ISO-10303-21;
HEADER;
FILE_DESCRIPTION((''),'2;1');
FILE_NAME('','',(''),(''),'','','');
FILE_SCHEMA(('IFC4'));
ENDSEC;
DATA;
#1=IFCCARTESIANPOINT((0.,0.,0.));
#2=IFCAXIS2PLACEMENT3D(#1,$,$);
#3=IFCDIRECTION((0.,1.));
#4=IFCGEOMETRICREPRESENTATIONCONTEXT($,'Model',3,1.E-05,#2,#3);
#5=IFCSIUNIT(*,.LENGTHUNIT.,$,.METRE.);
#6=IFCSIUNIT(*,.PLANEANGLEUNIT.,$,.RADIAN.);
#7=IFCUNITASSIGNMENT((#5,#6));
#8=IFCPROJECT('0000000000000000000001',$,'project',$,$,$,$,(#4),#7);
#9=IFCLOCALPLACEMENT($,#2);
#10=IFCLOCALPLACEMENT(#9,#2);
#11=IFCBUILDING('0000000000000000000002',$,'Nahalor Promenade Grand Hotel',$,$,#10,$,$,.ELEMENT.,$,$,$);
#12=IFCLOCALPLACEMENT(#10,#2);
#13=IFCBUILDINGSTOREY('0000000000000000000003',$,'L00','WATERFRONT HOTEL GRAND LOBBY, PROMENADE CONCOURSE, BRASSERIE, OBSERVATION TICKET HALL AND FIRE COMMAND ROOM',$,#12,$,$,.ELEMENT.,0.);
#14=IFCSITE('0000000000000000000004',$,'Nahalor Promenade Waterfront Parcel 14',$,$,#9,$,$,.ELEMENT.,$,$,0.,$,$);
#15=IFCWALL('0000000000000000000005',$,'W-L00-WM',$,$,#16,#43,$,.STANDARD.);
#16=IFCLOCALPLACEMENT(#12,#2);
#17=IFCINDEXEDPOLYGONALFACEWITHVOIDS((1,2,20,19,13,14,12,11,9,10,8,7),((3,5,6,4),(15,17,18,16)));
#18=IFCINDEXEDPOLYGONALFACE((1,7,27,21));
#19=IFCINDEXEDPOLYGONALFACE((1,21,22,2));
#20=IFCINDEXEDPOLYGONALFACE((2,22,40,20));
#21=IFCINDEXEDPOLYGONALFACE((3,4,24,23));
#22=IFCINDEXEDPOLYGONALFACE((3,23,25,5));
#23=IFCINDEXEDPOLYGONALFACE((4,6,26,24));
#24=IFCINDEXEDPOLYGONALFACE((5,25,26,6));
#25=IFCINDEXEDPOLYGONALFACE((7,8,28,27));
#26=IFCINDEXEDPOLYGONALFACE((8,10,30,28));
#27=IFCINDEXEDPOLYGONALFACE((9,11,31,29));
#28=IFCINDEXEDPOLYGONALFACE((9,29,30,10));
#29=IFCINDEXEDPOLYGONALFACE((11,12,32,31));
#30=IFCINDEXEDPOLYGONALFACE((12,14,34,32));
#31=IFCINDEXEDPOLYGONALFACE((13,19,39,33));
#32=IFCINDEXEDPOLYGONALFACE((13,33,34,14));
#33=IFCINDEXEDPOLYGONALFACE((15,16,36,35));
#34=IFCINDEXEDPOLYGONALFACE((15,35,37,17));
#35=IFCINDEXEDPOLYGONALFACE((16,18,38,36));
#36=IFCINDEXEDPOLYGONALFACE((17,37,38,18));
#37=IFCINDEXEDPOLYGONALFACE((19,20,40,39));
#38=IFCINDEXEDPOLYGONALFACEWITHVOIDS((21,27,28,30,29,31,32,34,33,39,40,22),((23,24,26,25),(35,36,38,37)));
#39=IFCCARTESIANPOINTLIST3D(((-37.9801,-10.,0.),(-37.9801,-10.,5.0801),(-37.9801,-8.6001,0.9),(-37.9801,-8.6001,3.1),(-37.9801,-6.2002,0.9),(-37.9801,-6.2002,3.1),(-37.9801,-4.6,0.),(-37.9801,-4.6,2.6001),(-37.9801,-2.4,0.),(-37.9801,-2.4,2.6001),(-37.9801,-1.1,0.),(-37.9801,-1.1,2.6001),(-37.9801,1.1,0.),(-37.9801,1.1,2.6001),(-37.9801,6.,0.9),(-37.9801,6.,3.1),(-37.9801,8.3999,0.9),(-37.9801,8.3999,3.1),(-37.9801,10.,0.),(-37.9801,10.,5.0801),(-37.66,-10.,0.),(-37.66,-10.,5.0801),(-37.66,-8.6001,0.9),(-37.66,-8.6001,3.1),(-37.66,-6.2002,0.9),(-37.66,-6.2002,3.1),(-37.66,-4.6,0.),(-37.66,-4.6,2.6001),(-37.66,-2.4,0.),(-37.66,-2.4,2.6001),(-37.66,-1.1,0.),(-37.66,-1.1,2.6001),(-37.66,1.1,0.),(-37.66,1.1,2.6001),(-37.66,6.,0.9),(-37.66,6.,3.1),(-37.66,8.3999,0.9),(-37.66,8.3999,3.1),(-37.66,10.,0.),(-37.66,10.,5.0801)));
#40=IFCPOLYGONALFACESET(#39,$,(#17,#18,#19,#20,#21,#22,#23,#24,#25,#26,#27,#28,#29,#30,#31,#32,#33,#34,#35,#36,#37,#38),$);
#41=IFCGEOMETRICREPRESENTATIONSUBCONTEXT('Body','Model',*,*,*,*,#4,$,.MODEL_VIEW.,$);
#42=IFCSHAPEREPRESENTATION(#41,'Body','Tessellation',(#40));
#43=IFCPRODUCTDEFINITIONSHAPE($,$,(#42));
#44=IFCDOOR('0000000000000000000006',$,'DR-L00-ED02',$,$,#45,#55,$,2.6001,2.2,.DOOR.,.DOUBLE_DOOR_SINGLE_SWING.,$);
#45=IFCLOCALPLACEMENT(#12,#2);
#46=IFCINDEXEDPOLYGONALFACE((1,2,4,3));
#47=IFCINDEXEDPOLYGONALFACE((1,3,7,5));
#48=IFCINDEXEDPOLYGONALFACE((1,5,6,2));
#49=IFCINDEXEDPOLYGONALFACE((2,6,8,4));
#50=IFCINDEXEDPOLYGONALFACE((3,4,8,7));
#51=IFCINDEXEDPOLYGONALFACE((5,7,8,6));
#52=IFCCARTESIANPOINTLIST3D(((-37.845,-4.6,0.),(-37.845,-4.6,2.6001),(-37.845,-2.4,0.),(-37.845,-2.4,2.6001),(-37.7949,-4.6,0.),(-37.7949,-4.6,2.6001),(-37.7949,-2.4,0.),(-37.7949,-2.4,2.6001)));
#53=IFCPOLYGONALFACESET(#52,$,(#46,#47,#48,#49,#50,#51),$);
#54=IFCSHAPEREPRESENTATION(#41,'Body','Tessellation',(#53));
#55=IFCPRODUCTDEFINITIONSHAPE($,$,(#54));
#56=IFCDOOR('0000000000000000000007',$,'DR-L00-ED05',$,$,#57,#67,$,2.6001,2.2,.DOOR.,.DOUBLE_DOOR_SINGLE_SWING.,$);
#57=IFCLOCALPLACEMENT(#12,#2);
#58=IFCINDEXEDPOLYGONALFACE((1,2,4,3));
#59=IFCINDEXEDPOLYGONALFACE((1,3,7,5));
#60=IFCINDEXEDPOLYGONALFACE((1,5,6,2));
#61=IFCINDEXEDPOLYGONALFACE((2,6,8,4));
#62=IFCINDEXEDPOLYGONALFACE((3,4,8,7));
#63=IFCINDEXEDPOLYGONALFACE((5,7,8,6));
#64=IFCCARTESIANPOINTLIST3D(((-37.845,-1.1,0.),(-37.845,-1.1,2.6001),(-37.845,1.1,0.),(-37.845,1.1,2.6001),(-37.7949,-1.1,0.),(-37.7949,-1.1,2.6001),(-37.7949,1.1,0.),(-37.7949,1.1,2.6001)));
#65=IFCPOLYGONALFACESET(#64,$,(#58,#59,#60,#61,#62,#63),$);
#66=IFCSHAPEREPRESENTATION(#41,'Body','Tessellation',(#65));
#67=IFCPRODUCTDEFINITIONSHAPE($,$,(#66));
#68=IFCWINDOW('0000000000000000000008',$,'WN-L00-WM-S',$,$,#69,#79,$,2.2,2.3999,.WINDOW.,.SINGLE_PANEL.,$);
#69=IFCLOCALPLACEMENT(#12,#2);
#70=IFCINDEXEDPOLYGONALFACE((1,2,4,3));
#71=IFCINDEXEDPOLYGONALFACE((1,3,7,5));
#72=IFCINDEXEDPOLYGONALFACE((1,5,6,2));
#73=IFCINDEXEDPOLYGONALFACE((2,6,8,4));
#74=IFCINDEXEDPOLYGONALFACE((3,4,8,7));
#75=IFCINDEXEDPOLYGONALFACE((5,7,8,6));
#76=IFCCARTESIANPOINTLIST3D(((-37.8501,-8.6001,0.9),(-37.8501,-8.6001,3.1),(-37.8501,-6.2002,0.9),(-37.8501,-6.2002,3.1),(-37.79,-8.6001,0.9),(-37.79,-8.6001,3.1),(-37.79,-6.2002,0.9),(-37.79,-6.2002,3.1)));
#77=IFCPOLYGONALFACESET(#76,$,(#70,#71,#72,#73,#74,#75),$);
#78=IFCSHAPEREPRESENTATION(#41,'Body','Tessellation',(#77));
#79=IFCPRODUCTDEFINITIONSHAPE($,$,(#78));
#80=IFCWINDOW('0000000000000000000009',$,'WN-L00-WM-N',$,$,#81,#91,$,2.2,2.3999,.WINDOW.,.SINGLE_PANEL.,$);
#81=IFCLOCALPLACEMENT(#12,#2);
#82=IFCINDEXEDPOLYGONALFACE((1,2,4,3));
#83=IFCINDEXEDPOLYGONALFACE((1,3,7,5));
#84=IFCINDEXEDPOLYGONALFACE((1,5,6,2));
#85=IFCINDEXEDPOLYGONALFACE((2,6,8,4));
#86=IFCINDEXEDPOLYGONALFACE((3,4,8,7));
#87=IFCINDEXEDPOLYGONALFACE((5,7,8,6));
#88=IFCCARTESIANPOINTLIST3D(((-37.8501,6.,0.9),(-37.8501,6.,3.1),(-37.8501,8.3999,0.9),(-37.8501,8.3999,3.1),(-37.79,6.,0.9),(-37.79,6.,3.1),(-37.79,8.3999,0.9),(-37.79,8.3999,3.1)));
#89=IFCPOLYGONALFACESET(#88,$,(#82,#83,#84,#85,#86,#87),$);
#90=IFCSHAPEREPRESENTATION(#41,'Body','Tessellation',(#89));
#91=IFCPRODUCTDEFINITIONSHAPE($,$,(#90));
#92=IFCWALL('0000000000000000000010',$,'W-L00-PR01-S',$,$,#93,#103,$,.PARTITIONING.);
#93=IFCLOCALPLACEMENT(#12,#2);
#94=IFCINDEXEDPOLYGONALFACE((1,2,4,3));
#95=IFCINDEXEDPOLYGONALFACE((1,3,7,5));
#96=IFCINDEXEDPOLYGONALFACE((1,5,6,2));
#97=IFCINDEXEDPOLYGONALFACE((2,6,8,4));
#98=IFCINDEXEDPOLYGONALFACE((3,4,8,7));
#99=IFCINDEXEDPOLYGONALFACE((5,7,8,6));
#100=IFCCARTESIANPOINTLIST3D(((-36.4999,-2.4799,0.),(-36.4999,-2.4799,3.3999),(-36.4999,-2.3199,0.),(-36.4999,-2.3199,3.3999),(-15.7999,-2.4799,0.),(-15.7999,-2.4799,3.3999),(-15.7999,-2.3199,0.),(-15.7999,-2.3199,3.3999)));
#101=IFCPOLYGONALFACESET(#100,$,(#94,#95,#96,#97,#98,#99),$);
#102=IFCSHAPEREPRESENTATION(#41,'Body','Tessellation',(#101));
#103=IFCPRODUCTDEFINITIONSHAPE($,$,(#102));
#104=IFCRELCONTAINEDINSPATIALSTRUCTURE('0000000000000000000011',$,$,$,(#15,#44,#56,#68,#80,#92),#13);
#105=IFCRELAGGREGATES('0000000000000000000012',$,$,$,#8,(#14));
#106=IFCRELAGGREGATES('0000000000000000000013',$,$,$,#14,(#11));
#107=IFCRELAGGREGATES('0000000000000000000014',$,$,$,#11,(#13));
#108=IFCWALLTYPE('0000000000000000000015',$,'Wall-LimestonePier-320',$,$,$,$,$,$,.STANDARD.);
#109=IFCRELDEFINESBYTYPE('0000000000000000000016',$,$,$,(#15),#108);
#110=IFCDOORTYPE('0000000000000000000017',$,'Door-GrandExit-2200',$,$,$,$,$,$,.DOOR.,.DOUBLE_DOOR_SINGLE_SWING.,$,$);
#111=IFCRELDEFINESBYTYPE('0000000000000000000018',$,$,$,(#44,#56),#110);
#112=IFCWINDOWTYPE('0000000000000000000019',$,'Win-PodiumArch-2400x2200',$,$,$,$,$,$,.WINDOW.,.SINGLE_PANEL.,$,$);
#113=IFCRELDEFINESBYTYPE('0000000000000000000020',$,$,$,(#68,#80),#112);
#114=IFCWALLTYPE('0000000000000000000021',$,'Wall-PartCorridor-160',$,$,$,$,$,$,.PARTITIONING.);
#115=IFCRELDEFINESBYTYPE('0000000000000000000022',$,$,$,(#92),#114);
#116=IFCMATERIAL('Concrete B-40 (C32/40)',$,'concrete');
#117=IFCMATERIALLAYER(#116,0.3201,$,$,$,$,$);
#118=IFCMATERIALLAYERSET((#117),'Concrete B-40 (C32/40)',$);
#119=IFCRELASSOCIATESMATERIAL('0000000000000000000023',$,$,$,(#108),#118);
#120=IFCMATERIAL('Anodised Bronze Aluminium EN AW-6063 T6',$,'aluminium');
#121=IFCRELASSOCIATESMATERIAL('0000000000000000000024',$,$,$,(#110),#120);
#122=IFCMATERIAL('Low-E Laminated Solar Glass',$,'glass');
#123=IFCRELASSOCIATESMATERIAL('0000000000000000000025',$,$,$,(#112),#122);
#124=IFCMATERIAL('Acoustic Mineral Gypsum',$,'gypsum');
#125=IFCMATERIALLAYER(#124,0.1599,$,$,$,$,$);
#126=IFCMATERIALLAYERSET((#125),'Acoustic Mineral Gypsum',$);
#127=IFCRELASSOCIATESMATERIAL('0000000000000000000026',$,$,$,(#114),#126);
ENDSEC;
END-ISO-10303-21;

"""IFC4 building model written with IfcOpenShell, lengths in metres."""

from ifc_helpers import new_model, si_unit, direction, frame, frame_2d, origin, place, context, subcontext, project, spatial, rectangle, extrude, source, transform, mapped, material, layer, layer_set, type_object, element, fill, save


model = new_model("IFC4")

# Units and contexts
model_context = context("Model", 3, precision=1e-05, world=origin(), true_north=direction((0.0, 1.0)))
body_context = subcontext(model_context, "Body", "Model", "MODEL_VIEW")
ifc_project = project(units=[si_unit("LENGTHUNIT", "METRE"), si_unit("PLANEANGLEUNIT", "RADIAN")], contexts=[model_context])

# Site, building, storey
site_placement = place(None, origin())
site = spatial("IfcSite", under=ifc_project, at=site_placement, Name="Nahalor Promenade Waterfront Parcel 14", CompositionType="ELEMENT", RefElevation=0.0)
building_placement = place(site_placement, origin())
building = spatial("IfcBuilding", under=site, at=building_placement, Name="Nahalor Promenade Grand Hotel", CompositionType="ELEMENT")
storey_placement = place(building_placement, origin())
storey = spatial("IfcBuildingStorey", under=building, at=storey_placement, Name="L00", Description="WATERFRONT HOTEL GRAND LOBBY, PROMENADE CONCOURSE, BRASSERIE, OBSERVATION TICKET HALL AND FIRE COMMAND ROOM", CompositionType="ELEMENT", Elevation=0.0)

# Shared definitions
ifc_material_1 = material(Name="Anodised Bronze Aluminium EN AW-6063 T6", Category="aluminium")

# Shared definitions
ifc_material_2 = material(Name="Low-E Laminated Solar Glass", Category="glass")

# Shared definitions
ifc_material_3 = material(Name="Concrete B-40 (C32/40)", Category="concrete")
ifc_layer_1 = layer(ifc_material_3, 0.3201)
ifc_layer_set_1 = layer_set([ifc_layer_1], Name="Concrete B-40 (C32/40)")
wall_type_1 = type_object("IfcWallType", Name="Wall-LimestonePier-320", PredefinedType="STANDARD", material=ifc_layer_set_1)

# Wall, openings, doors, windows
shared_shape_1 = source(origin(), body_context, "Body", "SweptSolid", [
    extrude(rectangle(XDim=20.0, YDim=0.3201, at=frame_2d((10.0, 0.0))), origin(), (0.0, 0.0, 1.0), 5.0801),
])
wall_1_placement = place(storey_placement, frame((-37.8201, -10.0, 0.0), z_axis=(0.0, 0.0, 1.0), x_axis=(0.0, 1.0, 0.0)))
wall_1 = element("IfcWall", 1, at=wall_1_placement, inside=storey, type_object=wall_type_1, Name="W-L00-WM", PredefinedType="STANDARD", context=body_context, shape_type="MappedRepresentation", body=[
    mapped(shared_shape_1, transform((0.0, 0.0, 0.0), scale=1.0)),
])
opening_1_placement = place(wall_1_placement, frame((5.3999, 0.0, 0.0)))
opening_1 = element("IfcOpeningElement", 2, at=opening_1_placement, cuts=wall_1, PredefinedType="OPENING", context=body_context, shape_type="SweptSolid", body=[
    extrude(rectangle(XDim=2.2, YDim=2.6001, at=frame_2d((1.1001, 1.3))), frame((0.0, 0.1699, 0.0), z_axis=(0.0, -1.0, 0.0), x_axis=(1.0, 0.0, 0.0)), (0.0, 0.0, 1.0), 0.3401),
])
opening_2_placement = place(wall_1_placement, frame((8.8999, 0.0, 0.0)))
opening_2 = element("IfcOpeningElement", 3, at=opening_2_placement, cuts=wall_1, PredefinedType="OPENING", context=body_context, shape_type="SweptSolid", body=[
    extrude(rectangle(XDim=2.2, YDim=2.6001, at=frame_2d((1.1001, 1.3))), frame((0.0, 0.1699, 0.0), z_axis=(0.0, -1.0, 0.0), x_axis=(1.0, 0.0, 0.0)), (0.0, 0.0, 1.0), 0.3401),
])
opening_3_placement = place(wall_1_placement, frame((1.3999, 0.0, 0.8999)))
opening_3 = element("IfcOpeningElement", 4, at=opening_3_placement, cuts=wall_1, PredefinedType="OPENING", context=body_context, shape_type="SweptSolid", body=[
    extrude(rectangle(XDim=2.3999, YDim=2.2, at=frame_2d((1.2, 1.1001))), frame((0.0, 0.1699, 0.0), z_axis=(0.0, -1.0, 0.0), x_axis=(1.0, 0.0, 0.0)), (0.0, 0.0, 1.0), 0.3401),
])
opening_4_placement = place(wall_1_placement, frame((16.0, 0.0, 0.8999)))
opening_4 = element("IfcOpeningElement", 5, at=opening_4_placement, cuts=wall_1, PredefinedType="OPENING", context=body_context, shape_type="SweptSolid", body=[
    extrude(rectangle(XDim=2.3999, YDim=2.2, at=frame_2d((1.2, 1.1001))), frame((0.0, 0.1699, 0.0), z_axis=(0.0, -1.0, 0.0), x_axis=(1.0, 0.0, 0.0)), (0.0, 0.0, 1.0), 0.3401),
])
door_type_1 = type_object("IfcDoorType", Name="Door-GrandExit-2200", OperationType="DOUBLE_DOOR_SINGLE_SWING", PredefinedType="DOOR", material=ifc_material_1)
shared_shape_2 = source(origin(), body_context, "Body", "SweptSolid", [
    extrude(rectangle(XDim=2.2, YDim=2.6001, at=frame_2d((1.1001, 1.3))), frame((0.0, 0.0249, 0.0), z_axis=(0.0, -1.0, 0.0), x_axis=(1.0, 0.0, 0.0)), (0.0, 0.0, 1.0), 0.05),
])
door_1_placement = place(opening_1_placement, origin())
door_1 = element("IfcDoor", 6, at=door_1_placement, inside=storey, type_object=door_type_1, Name="DR-L00-ED02", OperationType="DOUBLE_DOOR_SINGLE_SWING", OverallHeight=2.6001, OverallWidth=2.2, PredefinedType="DOOR", context=body_context, shape_type="MappedRepresentation", body=[
    mapped(shared_shape_2, transform((0.0, 0.0, 0.0), scale=1.0)),
])
fill(opening_1, door_1)
door_2_placement = place(opening_2_placement, origin())
door_2 = element("IfcDoor", 7, at=door_2_placement, inside=storey, type_object=door_type_1, Name="DR-L00-ED05", OperationType="DOUBLE_DOOR_SINGLE_SWING", OverallHeight=2.6001, OverallWidth=2.2, PredefinedType="DOOR", context=body_context, shape_type="MappedRepresentation", body=[
    mapped(shared_shape_2, transform((0.0, 0.0, 0.0), scale=1.0)),
])
fill(opening_2, door_2)
window_type = type_object("IfcWindowType", Name="Win-PodiumArch-2400x2200", PartitioningType="SINGLE_PANEL", PredefinedType="WINDOW", material=ifc_material_2)
shared_shape_3 = source(origin(), body_context, "Body", "SweptSolid", [
    extrude(rectangle(XDim=2.3999, YDim=2.2, at=frame_2d((1.2, 1.1001))), frame((0.0, 0.03, 0.0), z_axis=(0.0, -1.0, 0.0), x_axis=(1.0, 0.0, 0.0)), (0.0, 0.0, 1.0), 0.0601),
])
window_1_placement = place(opening_3_placement, origin())
window_1 = element("IfcWindow", 8, at=window_1_placement, inside=storey, type_object=window_type, Name="WN-L00-WM-S", OverallHeight=2.2, OverallWidth=2.3999, PartitioningType="SINGLE_PANEL", PredefinedType="WINDOW", context=body_context, shape_type="MappedRepresentation", body=[
    mapped(shared_shape_3, transform((0.0, 0.0, 0.0), scale=1.0)),
])
fill(opening_3, window_1)
window_2_placement = place(opening_4_placement, origin())
window_2 = element("IfcWindow", 9, at=window_2_placement, inside=storey, type_object=window_type, Name="WN-L00-WM-N", OverallHeight=2.2, OverallWidth=2.3999, PartitioningType="SINGLE_PANEL", PredefinedType="WINDOW", context=body_context, shape_type="MappedRepresentation", body=[
    mapped(shared_shape_3, transform((0.0, 0.0, 0.0), scale=1.0)),
])
fill(opening_4, window_2)

# Wall
ifc_material_4 = material(Name="Acoustic Mineral Gypsum", Category="gypsum")
ifc_layer_2 = layer(ifc_material_4, 0.1599)
ifc_layer_set_2 = layer_set([ifc_layer_2], Name="Acoustic Mineral Gypsum")
wall_type_2 = type_object("IfcWallType", Name="Wall-PartCorridor-160", PredefinedType="PARTITIONING", material=ifc_layer_set_2)
shared_shape_4 = source(origin(), body_context, "Body", "SweptSolid", [
    extrude(rectangle(XDim=20.7, YDim=0.1599, at=frame_2d((10.3501, 0.0))), origin(), (0.0, 0.0, 1.0), 3.3999),
])
wall_2_placement = place(storey_placement, frame((-36.5, -2.3999, 0.0), z_axis=(0.0, 0.0, 1.0), x_axis=(1.0, 0.0, 0.0)))
element("IfcWall", 10, at=wall_2_placement, inside=storey, type_object=wall_type_2, Name="W-L00-PR01-S", PredefinedType="PARTITIONING", context=body_context, shape_type="MappedRepresentation", body=[
    mapped(shared_shape_4, transform((0.0, 0.0, 0.0), scale=1.0)),
])

save(model, "model.ifc")
